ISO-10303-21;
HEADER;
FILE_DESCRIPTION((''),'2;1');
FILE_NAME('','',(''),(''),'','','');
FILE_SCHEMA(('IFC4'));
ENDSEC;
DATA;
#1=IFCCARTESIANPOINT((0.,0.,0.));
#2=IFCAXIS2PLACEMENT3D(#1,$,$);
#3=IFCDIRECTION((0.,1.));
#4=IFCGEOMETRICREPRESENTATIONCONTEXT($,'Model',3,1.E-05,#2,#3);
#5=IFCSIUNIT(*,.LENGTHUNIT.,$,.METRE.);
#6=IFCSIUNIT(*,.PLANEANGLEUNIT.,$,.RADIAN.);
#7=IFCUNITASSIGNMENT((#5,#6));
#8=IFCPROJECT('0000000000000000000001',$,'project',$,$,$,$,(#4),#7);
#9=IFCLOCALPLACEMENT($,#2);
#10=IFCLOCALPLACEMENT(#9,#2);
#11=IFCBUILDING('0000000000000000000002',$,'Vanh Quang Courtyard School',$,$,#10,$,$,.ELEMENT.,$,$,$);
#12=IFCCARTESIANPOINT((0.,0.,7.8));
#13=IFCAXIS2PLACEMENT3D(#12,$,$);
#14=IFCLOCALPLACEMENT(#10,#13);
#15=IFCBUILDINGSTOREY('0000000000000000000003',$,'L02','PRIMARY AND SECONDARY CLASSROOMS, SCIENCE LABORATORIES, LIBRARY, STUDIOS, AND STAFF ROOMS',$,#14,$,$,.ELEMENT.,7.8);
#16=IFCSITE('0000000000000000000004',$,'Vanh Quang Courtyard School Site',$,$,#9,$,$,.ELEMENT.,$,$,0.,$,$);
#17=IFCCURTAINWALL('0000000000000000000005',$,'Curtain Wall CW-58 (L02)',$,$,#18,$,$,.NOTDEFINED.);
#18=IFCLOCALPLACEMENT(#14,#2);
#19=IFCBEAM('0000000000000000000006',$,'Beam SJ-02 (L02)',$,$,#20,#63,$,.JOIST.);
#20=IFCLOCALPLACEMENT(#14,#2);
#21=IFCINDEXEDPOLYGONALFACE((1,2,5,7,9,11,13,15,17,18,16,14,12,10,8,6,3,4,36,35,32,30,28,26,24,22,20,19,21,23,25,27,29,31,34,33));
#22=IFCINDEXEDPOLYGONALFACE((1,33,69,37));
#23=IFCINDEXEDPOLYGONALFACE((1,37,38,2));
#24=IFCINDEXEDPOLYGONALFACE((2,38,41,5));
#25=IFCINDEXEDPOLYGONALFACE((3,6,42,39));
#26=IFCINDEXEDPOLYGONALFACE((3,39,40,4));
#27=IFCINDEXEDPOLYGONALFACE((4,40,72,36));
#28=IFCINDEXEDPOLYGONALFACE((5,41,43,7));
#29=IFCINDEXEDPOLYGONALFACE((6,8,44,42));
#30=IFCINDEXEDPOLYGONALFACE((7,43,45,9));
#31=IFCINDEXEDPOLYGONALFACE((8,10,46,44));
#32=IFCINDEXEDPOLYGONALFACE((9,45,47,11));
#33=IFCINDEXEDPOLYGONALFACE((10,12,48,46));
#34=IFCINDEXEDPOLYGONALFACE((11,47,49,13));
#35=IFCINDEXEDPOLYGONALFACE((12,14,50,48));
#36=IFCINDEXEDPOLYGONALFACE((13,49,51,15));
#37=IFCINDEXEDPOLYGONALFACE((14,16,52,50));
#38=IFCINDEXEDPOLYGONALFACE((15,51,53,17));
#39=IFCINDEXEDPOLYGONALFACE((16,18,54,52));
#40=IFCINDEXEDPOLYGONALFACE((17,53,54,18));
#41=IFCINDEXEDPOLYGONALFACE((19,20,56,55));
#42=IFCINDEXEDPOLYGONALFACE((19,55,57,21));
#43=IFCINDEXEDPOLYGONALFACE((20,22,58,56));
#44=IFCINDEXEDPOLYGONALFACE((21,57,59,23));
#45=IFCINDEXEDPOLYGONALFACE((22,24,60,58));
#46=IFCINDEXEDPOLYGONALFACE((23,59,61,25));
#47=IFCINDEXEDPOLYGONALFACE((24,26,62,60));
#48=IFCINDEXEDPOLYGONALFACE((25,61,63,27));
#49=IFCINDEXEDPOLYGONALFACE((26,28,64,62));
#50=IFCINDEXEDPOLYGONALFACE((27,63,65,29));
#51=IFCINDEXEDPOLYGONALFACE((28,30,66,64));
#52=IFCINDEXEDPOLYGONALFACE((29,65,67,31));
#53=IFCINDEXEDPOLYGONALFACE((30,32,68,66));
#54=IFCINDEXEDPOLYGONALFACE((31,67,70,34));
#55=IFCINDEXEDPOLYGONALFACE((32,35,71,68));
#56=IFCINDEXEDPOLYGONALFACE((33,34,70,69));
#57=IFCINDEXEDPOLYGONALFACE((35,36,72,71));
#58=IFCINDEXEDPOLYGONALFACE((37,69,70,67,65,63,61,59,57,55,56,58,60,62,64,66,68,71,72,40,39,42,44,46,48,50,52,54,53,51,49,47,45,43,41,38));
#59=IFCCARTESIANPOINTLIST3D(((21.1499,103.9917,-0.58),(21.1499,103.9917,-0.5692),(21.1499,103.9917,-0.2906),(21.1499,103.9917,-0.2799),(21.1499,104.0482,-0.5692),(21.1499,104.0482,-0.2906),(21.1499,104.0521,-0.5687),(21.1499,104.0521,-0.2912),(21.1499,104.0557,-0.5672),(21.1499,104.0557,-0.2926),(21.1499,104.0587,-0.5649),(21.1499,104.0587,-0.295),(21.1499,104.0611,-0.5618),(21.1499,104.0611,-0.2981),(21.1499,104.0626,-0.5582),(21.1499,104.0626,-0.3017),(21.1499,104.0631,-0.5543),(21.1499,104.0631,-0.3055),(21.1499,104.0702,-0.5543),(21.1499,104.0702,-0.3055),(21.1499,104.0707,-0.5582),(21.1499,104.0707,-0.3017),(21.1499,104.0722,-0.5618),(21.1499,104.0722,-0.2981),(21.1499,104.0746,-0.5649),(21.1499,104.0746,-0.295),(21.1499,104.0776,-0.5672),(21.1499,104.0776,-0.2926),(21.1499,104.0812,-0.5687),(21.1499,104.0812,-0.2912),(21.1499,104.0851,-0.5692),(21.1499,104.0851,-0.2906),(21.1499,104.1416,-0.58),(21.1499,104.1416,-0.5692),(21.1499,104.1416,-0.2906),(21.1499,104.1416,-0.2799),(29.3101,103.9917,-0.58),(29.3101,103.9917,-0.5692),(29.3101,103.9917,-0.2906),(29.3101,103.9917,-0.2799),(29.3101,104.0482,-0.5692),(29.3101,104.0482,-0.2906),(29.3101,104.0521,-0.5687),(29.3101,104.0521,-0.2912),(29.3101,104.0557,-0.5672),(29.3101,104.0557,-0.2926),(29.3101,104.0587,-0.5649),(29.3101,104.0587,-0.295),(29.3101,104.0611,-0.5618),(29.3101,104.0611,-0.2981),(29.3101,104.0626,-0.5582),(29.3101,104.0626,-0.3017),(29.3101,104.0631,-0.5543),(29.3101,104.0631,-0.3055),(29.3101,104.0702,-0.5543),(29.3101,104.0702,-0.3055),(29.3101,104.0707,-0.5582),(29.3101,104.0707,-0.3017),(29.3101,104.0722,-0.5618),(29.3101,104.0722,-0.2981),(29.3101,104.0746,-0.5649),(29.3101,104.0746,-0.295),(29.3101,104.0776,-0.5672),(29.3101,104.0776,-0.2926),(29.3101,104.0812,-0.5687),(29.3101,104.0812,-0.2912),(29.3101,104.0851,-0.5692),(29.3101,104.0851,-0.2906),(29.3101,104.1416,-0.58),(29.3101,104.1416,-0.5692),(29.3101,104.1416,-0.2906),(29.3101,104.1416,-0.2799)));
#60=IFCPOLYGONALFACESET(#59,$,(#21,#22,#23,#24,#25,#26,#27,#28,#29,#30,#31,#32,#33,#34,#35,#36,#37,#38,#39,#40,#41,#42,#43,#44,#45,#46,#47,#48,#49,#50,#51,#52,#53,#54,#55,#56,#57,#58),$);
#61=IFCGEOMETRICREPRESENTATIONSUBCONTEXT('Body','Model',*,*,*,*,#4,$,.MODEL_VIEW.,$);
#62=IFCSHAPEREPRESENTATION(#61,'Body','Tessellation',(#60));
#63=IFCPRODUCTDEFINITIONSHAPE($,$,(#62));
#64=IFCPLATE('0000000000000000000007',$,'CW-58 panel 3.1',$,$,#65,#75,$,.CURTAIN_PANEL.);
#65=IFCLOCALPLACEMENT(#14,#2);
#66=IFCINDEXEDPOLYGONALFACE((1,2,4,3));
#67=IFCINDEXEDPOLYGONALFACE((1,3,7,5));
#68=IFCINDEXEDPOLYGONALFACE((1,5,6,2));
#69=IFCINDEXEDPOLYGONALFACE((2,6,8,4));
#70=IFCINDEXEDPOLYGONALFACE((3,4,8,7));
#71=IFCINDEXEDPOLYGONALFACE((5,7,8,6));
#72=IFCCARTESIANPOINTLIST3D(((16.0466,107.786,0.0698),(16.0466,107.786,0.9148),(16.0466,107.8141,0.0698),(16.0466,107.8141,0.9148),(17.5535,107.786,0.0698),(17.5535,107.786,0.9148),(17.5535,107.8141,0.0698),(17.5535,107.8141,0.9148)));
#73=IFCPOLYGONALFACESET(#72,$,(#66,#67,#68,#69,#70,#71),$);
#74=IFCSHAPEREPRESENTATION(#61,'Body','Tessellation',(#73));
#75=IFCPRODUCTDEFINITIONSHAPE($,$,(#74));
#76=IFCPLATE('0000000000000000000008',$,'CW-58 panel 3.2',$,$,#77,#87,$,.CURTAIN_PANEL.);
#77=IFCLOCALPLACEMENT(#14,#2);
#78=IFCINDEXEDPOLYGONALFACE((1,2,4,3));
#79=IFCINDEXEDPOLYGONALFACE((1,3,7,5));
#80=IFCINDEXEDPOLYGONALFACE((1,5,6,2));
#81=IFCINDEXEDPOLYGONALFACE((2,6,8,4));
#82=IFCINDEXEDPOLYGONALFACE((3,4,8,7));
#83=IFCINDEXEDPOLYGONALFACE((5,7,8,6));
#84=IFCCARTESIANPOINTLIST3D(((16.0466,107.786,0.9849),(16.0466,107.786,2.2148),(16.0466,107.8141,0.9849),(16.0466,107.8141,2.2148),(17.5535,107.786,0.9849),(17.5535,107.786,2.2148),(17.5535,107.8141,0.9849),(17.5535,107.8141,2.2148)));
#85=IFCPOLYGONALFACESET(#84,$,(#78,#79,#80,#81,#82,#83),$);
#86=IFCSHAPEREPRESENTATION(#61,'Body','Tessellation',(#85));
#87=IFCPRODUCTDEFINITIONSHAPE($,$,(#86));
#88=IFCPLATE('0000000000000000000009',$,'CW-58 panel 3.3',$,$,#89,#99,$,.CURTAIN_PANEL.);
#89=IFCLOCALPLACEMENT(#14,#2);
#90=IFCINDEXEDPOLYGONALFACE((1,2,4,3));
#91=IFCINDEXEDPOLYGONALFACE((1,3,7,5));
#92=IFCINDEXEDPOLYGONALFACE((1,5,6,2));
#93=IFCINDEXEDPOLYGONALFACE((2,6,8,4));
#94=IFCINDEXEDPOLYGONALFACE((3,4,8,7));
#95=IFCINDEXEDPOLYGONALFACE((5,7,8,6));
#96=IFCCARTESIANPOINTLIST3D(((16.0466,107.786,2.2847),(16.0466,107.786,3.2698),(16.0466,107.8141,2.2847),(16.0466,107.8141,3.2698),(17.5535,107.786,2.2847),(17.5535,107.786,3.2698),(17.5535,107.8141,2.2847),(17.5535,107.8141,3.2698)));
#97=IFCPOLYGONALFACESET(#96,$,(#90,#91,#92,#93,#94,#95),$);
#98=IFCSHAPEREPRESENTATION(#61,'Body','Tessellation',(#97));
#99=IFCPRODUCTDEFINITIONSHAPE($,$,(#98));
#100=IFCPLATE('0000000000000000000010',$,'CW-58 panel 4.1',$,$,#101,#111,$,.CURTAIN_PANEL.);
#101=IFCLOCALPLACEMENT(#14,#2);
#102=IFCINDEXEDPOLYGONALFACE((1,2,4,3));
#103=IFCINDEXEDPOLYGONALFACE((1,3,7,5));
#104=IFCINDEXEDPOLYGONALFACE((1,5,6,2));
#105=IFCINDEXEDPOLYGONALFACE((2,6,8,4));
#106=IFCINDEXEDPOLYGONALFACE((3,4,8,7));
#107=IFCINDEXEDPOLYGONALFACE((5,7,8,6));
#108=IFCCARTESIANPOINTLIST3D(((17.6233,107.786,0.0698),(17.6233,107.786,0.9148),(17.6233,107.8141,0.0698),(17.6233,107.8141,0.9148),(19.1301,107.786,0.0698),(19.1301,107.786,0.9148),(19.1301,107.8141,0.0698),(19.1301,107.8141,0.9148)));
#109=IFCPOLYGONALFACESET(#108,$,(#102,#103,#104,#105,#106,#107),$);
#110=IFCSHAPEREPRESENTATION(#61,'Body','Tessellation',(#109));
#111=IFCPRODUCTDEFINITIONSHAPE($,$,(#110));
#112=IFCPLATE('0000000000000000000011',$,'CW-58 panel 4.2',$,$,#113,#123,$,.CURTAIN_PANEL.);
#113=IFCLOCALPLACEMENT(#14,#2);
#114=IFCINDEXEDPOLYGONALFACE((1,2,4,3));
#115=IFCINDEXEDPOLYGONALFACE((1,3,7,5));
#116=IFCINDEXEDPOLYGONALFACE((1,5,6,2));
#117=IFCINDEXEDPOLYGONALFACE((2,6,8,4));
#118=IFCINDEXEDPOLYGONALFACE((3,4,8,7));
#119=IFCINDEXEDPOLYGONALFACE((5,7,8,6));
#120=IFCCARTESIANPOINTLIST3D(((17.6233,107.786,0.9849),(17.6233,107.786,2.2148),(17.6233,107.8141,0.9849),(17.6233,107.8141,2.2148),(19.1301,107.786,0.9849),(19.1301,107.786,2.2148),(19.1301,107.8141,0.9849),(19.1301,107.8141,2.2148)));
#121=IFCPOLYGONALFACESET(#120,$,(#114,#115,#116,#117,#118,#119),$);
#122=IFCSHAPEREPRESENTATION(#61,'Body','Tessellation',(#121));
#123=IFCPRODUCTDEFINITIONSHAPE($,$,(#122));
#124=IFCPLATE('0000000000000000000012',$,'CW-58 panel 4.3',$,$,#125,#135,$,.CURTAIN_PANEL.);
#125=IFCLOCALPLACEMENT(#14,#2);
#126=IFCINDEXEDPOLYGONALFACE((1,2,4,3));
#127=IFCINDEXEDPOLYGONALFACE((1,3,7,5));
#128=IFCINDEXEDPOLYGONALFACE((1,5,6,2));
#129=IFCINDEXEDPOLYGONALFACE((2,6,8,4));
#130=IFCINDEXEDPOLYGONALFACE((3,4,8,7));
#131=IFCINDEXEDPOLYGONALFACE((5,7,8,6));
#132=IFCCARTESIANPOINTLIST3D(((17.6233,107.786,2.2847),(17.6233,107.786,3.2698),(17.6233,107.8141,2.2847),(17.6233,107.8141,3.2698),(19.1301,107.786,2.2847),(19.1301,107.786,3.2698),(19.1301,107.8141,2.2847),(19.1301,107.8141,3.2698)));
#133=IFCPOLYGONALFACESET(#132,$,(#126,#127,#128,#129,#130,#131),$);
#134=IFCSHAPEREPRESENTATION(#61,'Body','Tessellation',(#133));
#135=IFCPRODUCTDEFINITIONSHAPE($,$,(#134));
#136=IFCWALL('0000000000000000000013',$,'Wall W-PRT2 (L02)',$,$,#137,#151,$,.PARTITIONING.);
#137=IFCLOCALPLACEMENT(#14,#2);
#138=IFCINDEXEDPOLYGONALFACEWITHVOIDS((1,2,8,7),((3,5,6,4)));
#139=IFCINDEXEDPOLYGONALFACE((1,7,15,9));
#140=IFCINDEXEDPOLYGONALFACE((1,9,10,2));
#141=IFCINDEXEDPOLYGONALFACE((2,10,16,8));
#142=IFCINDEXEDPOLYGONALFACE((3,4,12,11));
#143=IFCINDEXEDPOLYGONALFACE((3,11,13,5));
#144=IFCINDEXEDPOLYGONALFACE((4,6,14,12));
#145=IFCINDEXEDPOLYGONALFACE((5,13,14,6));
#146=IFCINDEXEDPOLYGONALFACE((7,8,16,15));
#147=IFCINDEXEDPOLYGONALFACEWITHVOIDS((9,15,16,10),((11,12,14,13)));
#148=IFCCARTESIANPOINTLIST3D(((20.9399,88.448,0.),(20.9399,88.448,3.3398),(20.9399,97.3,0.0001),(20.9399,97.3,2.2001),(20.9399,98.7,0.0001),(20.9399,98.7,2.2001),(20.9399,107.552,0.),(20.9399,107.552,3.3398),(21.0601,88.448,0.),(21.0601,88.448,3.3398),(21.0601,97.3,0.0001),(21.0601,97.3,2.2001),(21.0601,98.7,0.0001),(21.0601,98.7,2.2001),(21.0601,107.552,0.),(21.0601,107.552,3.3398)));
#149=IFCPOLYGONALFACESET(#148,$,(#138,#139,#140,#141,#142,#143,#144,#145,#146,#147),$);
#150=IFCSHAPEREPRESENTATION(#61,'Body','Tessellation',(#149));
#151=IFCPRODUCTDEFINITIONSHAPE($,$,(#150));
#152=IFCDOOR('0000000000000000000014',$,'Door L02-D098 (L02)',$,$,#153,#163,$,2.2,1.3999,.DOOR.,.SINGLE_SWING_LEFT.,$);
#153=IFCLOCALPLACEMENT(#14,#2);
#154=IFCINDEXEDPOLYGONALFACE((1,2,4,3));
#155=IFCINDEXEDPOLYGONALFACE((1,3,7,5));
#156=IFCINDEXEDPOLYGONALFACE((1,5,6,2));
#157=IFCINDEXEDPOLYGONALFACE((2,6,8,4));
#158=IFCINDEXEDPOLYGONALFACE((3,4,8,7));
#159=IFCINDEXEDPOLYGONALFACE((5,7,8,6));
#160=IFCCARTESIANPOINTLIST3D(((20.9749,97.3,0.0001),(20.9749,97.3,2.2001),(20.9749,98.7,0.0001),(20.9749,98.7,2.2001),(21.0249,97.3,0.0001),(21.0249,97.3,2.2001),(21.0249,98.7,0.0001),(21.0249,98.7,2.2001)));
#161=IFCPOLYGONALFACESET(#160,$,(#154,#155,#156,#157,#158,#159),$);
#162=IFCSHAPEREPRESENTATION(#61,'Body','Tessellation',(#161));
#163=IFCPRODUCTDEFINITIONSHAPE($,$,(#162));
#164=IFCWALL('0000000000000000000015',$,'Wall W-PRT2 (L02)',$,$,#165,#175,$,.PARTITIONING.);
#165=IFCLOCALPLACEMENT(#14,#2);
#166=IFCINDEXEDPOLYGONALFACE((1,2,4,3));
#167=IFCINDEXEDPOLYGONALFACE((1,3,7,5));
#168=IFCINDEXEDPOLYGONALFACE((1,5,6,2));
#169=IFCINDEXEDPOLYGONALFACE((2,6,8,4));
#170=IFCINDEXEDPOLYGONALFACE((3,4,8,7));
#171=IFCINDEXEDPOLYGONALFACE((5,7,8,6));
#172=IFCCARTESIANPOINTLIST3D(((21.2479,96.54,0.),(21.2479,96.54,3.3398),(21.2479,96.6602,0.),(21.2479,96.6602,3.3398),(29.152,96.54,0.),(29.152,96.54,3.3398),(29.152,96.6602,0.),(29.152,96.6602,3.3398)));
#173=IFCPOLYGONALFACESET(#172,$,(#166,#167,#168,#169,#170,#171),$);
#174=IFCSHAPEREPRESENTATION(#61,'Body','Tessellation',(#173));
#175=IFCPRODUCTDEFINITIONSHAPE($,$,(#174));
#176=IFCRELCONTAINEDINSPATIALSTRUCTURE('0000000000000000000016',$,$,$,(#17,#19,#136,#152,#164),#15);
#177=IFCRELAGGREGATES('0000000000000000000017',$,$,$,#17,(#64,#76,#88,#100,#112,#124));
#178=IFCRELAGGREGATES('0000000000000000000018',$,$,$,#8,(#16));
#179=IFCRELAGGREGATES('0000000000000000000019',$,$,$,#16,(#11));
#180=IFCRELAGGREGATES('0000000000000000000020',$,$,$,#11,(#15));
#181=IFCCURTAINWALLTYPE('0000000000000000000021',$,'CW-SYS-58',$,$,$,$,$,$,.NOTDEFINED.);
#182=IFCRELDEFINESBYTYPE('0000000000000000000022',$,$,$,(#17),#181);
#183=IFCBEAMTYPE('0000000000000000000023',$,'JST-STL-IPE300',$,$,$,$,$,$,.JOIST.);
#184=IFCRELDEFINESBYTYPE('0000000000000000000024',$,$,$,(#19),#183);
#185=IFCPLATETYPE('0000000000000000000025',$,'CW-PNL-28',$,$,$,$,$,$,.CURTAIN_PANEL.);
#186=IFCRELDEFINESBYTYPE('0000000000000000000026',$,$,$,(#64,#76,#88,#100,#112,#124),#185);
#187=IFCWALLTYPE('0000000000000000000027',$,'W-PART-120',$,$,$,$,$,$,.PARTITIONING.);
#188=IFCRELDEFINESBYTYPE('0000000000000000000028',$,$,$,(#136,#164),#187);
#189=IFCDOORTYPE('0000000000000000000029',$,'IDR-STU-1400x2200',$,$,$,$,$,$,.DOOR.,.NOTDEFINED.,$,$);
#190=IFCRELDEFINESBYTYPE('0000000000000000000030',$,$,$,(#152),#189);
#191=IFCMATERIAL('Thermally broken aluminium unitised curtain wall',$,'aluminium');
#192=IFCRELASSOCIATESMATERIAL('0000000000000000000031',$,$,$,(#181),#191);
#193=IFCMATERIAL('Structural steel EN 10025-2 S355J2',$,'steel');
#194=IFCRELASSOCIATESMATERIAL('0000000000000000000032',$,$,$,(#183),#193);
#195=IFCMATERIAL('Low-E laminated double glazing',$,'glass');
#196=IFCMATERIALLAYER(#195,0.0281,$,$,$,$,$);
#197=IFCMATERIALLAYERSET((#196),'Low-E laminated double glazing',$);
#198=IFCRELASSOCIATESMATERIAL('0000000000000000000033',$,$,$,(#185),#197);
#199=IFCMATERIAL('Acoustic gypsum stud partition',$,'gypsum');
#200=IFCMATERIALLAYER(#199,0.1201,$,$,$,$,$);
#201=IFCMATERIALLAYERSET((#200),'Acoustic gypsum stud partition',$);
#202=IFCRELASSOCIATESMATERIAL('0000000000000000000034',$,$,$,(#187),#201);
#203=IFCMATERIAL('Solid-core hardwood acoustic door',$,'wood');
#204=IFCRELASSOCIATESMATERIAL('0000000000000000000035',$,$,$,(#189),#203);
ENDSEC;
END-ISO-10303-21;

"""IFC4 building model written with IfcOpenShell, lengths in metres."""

from ifc_helpers import new_model, si_unit, direction, frame, frame_2d, origin, origin_2d, place, context, subcontext, project, spatial, rectangle, i_section, extrude, material, layer, layer_set, material_profile, profile_set, type_object, element, fill, aggregate, save


model = new_model("IFC4")

# Units and contexts
model_context = context("Model", 3, precision=1e-05, world=origin(), true_north=direction((0.0, 1.0)))
body_context = subcontext(model_context, "Body", "Model", "MODEL_VIEW")
ifc_project = project(units=[si_unit("LENGTHUNIT", "METRE"), si_unit("PLANEANGLEUNIT", "RADIAN")], contexts=[model_context])

# Site, building, storey
site_placement = place(None, origin())
site = spatial("IfcSite", under=ifc_project, at=site_placement, Name="Vanh Quang Courtyard School Site", CompositionType="ELEMENT", RefElevation=0.0)
building_placement = place(site_placement, origin())
building = spatial("IfcBuilding", under=site, at=building_placement, Name="Vanh Quang Courtyard School", CompositionType="ELEMENT")
storey_placement = place(building_placement, frame((0.0, 0.0, 7.8)))
storey = spatial("IfcBuildingStorey", under=building, at=storey_placement, Name="L02", Description="PRIMARY AND SECONDARY CLASSROOMS, SCIENCE LABORATORIES, LIBRARY, STUDIOS, AND STAFF ROOMS", CompositionType="ELEMENT", Elevation=7.8)

# Shared definitions
ifc_material_1 = material(Name="Structural steel EN 10025-2 S355J2", Category="steel")

# Curtain wall
ifc_material_2 = material(Name="Thermally broken aluminium unitised curtain wall", Category="aluminium")
curtain_wall_type = type_object("IfcCurtainWallType", Name="CW-SYS-58", PredefinedType="NOTDEFINED", material=ifc_material_2)
curtain_wall_placement = place(storey_placement, origin())
curtain_wall = element("IfcCurtainWall", 1, at=curtain_wall_placement, inside=storey, type_object=curtain_wall_type, Name="Curtain Wall CW-58 (L02)", PredefinedType="NOTDEFINED")

# Beam
ifc_material_profile_1 = material_profile(ifc_material_1, i_section(OverallWidth=0.1499, OverallDepth=0.3, WebThickness=0.0071, FlangeThickness=0.0107, FilletRadius=0.0149, at=origin_2d()), Name="IPE 300")
ifc_profile_set_1 = profile_set([ifc_material_profile_1], Name="Structural steel EN 10025-2 S355J2")
beam_type_1 = type_object("IfcBeamType", Name="JST-STL-IPE300", PredefinedType="JOIST", material=ifc_profile_set_1)
for number, where, z_axis, x_axis, name in (
    (2, (21.1499, 104.0667, -0.4299), (1.0, 0.0, 0.0), (0.0, 1.0, 0.0), "Beam SJ-02 (L02)"),
):
    element("IfcBeam", number, at=place(storey_placement, frame(where, z_axis=z_axis, x_axis=x_axis)), inside=storey, type_object=beam_type_1, Name=name, PredefinedType="JOIST", context=body_context, shape_type="SweptSolid", body=[
        extrude(i_section(OverallWidth=0.1499, OverallDepth=0.3, WebThickness=0.0071, FlangeThickness=0.0107, FilletRadius=0.0149, at=origin_2d()), origin(), (0.0, 0.0, 1.0), 8.1602),
    ])

# Plates
ifc_material_3 = material(Name="Low-E laminated double glazing", Category="glass")
ifc_layer_1 = layer(ifc_material_3, 0.0281)
ifc_layer_set_1 = layer_set([ifc_layer_1], Name="Low-E laminated double glazing")
plate_type = type_object("IfcPlateType", Name="CW-PNL-28", PredefinedType="CURTAIN_PANEL", material=ifc_layer_set_1)
plate_1_placement = place(storey_placement, frame((16.8, 107.8, 0.0698), z_axis=(0.0, 0.0, 1.0), x_axis=(1.0, 0.0, 0.0)))
plate_1 = element("IfcPlate", 3, at=plate_1_placement, type_object=plate_type, Name="CW-58 panel 3.1", PredefinedType="CURTAIN_PANEL", context=body_context, shape_type="SweptSolid", body=[
    extrude(rectangle(XDim=1.5068, YDim=0.0281, at=origin_2d()), origin(), (0.0, 0.0, 1.0), 0.845),
])
plate_2_placement = place(storey_placement, frame((16.8, 107.8, 0.9849), z_axis=(0.0, 0.0, 1.0), x_axis=(1.0, 0.0, 0.0)))
plate_2 = element("IfcPlate", 4, at=plate_2_placement, type_object=plate_type, Name="CW-58 panel 3.2", PredefinedType="CURTAIN_PANEL", context=body_context, shape_type="SweptSolid", body=[
    extrude(rectangle(XDim=1.5068, YDim=0.0281, at=origin_2d()), origin(), (0.0, 0.0, 1.0), 1.23),
])
plate_3_placement = place(storey_placement, frame((16.8, 107.8, 2.2847), z_axis=(0.0, 0.0, 1.0), x_axis=(1.0, 0.0, 0.0)))
plate_3 = element("IfcPlate", 5, at=plate_3_placement, type_object=plate_type, Name="CW-58 panel 3.3", PredefinedType="CURTAIN_PANEL", context=body_context, shape_type="SweptSolid", body=[
    extrude(rectangle(XDim=1.5068, YDim=0.0281, at=origin_2d()), origin(), (0.0, 0.0, 1.0), 0.9851),
])
plate_4_placement = place(storey_placement, frame((18.3767, 107.8, 0.0698), z_axis=(0.0, 0.0, 1.0), x_axis=(1.0, 0.0, 0.0)))
plate_4 = element("IfcPlate", 6, at=plate_4_placement, type_object=plate_type, Name="CW-58 panel 4.1", PredefinedType="CURTAIN_PANEL", context=body_context, shape_type="SweptSolid", body=[
    extrude(rectangle(XDim=1.5068, YDim=0.0281, at=origin_2d()), origin(), (0.0, 0.0, 1.0), 0.845),
])
plate_5_placement = place(storey_placement, frame((18.3767, 107.8, 0.9849), z_axis=(0.0, 0.0, 1.0), x_axis=(1.0, 0.0, 0.0)))
plate_5 = element("IfcPlate", 7, at=plate_5_placement, type_object=plate_type, Name="CW-58 panel 4.2", PredefinedType="CURTAIN_PANEL", context=body_context, shape_type="SweptSolid", body=[
    extrude(rectangle(XDim=1.5068, YDim=0.0281, at=origin_2d()), origin(), (0.0, 0.0, 1.0), 1.23),
])
plate_6_placement = place(storey_placement, frame((18.3767, 107.8, 2.2847), z_axis=(0.0, 0.0, 1.0), x_axis=(1.0, 0.0, 0.0)))
plate_6 = element("IfcPlate", 8, at=plate_6_placement, type_object=plate_type, Name="CW-58 panel 4.3", PredefinedType="CURTAIN_PANEL", context=body_context, shape_type="SweptSolid", body=[
    extrude(rectangle(XDim=1.5068, YDim=0.0281, at=origin_2d()), origin(), (0.0, 0.0, 1.0), 0.9851),
])
aggregate(curtain_wall, [plate_1, plate_2, plate_3, plate_4, plate_5, plate_6])

# Wall, opening, door
ifc_material_4 = material(Name="Acoustic gypsum stud partition", Category="gypsum")
ifc_layer_2 = layer(ifc_material_4, 0.1201)
ifc_layer_set_2 = layer_set([ifc_layer_2], Name="Acoustic gypsum stud partition")
wall_type_1 = type_object("IfcWallType", Name="W-PART-120", PredefinedType="PARTITIONING", material=ifc_layer_set_2)
wall_1_placement = place(storey_placement, frame((21.0, 107.552, 0.0), z_axis=(0.0, 0.0, 1.0), x_axis=(0.0, -1.0, 0.0)))
wall_1 = element("IfcWall", 9, at=wall_1_placement, inside=storey, type_object=wall_type_1, Name="Wall W-PRT2 (L02)", PredefinedType="PARTITIONING", context=body_context, shape_type="SweptSolid", body=[
    extrude(rectangle(XDim=19.104, YDim=0.1201, at=frame_2d((9.552, 0.0))), origin(), (0.0, 0.0, 1.0), 3.3398),
])
opening_1_placement = place(wall_1_placement, frame((8.8521, 0.0, 0.0)))
opening_1 = element("IfcOpeningElement", 10, at=opening_1_placement, cuts=wall_1, PredefinedType="OPENING", context=body_context, shape_type="SweptSolid", body=[
    extrude(rectangle(XDim=1.3999, YDim=2.2, at=frame_2d((0.7, 1.1001))), frame((0.0, 0.0701, 0.0), z_axis=(0.0, -1.0, 0.0), x_axis=(1.0, 0.0, 0.0)), (0.0, 0.0, 1.0), 0.1401),
])
ifc_material_5 = material(Name="Solid-core hardwood acoustic door", Category="wood")
door_type_1 = type_object("IfcDoorType", Name="IDR-STU-1400x2200", OperationType="NOTDEFINED", PredefinedType="DOOR", material=ifc_material_5)
door_1_placement = place(opening_1_placement, origin())
door_1 = element("IfcDoor", 11, at=door_1_placement, inside=storey, type_object=door_type_1, Name="Door L02-D098 (L02)", OperationType="SINGLE_SWING_LEFT", OverallHeight=2.2, OverallWidth=1.3999, PredefinedType="DOOR", context=body_context, shape_type="SweptSolid", body=[
    extrude(rectangle(XDim=1.3999, YDim=2.2, at=frame_2d((0.7, 1.1001))), frame((0.0, 0.0249, 0.0), z_axis=(0.0, -1.0, 0.0), x_axis=(1.0, 0.0, 0.0)), (0.0, 0.0, 1.0), 0.05),
])
fill(opening_1, door_1)

# Wall
wall_2_placement = place(storey_placement, frame((29.1521, 96.6001, 0.0), z_axis=(0.0, 0.0, 1.0), x_axis=(-1.0, 0.0, 0.0)))
element("IfcWall", 12, at=wall_2_placement, inside=storey, type_object=wall_type_1, Name="Wall W-PRT2 (L02)", PredefinedType="PARTITIONING", context=body_context, shape_type="SweptSolid", body=[
    extrude(rectangle(XDim=7.9041, YDim=0.1201, at=frame_2d((3.9521, 0.0))), origin(), (0.0, 0.0, 1.0), 3.3398),
])

save(model, "model.ifc")
